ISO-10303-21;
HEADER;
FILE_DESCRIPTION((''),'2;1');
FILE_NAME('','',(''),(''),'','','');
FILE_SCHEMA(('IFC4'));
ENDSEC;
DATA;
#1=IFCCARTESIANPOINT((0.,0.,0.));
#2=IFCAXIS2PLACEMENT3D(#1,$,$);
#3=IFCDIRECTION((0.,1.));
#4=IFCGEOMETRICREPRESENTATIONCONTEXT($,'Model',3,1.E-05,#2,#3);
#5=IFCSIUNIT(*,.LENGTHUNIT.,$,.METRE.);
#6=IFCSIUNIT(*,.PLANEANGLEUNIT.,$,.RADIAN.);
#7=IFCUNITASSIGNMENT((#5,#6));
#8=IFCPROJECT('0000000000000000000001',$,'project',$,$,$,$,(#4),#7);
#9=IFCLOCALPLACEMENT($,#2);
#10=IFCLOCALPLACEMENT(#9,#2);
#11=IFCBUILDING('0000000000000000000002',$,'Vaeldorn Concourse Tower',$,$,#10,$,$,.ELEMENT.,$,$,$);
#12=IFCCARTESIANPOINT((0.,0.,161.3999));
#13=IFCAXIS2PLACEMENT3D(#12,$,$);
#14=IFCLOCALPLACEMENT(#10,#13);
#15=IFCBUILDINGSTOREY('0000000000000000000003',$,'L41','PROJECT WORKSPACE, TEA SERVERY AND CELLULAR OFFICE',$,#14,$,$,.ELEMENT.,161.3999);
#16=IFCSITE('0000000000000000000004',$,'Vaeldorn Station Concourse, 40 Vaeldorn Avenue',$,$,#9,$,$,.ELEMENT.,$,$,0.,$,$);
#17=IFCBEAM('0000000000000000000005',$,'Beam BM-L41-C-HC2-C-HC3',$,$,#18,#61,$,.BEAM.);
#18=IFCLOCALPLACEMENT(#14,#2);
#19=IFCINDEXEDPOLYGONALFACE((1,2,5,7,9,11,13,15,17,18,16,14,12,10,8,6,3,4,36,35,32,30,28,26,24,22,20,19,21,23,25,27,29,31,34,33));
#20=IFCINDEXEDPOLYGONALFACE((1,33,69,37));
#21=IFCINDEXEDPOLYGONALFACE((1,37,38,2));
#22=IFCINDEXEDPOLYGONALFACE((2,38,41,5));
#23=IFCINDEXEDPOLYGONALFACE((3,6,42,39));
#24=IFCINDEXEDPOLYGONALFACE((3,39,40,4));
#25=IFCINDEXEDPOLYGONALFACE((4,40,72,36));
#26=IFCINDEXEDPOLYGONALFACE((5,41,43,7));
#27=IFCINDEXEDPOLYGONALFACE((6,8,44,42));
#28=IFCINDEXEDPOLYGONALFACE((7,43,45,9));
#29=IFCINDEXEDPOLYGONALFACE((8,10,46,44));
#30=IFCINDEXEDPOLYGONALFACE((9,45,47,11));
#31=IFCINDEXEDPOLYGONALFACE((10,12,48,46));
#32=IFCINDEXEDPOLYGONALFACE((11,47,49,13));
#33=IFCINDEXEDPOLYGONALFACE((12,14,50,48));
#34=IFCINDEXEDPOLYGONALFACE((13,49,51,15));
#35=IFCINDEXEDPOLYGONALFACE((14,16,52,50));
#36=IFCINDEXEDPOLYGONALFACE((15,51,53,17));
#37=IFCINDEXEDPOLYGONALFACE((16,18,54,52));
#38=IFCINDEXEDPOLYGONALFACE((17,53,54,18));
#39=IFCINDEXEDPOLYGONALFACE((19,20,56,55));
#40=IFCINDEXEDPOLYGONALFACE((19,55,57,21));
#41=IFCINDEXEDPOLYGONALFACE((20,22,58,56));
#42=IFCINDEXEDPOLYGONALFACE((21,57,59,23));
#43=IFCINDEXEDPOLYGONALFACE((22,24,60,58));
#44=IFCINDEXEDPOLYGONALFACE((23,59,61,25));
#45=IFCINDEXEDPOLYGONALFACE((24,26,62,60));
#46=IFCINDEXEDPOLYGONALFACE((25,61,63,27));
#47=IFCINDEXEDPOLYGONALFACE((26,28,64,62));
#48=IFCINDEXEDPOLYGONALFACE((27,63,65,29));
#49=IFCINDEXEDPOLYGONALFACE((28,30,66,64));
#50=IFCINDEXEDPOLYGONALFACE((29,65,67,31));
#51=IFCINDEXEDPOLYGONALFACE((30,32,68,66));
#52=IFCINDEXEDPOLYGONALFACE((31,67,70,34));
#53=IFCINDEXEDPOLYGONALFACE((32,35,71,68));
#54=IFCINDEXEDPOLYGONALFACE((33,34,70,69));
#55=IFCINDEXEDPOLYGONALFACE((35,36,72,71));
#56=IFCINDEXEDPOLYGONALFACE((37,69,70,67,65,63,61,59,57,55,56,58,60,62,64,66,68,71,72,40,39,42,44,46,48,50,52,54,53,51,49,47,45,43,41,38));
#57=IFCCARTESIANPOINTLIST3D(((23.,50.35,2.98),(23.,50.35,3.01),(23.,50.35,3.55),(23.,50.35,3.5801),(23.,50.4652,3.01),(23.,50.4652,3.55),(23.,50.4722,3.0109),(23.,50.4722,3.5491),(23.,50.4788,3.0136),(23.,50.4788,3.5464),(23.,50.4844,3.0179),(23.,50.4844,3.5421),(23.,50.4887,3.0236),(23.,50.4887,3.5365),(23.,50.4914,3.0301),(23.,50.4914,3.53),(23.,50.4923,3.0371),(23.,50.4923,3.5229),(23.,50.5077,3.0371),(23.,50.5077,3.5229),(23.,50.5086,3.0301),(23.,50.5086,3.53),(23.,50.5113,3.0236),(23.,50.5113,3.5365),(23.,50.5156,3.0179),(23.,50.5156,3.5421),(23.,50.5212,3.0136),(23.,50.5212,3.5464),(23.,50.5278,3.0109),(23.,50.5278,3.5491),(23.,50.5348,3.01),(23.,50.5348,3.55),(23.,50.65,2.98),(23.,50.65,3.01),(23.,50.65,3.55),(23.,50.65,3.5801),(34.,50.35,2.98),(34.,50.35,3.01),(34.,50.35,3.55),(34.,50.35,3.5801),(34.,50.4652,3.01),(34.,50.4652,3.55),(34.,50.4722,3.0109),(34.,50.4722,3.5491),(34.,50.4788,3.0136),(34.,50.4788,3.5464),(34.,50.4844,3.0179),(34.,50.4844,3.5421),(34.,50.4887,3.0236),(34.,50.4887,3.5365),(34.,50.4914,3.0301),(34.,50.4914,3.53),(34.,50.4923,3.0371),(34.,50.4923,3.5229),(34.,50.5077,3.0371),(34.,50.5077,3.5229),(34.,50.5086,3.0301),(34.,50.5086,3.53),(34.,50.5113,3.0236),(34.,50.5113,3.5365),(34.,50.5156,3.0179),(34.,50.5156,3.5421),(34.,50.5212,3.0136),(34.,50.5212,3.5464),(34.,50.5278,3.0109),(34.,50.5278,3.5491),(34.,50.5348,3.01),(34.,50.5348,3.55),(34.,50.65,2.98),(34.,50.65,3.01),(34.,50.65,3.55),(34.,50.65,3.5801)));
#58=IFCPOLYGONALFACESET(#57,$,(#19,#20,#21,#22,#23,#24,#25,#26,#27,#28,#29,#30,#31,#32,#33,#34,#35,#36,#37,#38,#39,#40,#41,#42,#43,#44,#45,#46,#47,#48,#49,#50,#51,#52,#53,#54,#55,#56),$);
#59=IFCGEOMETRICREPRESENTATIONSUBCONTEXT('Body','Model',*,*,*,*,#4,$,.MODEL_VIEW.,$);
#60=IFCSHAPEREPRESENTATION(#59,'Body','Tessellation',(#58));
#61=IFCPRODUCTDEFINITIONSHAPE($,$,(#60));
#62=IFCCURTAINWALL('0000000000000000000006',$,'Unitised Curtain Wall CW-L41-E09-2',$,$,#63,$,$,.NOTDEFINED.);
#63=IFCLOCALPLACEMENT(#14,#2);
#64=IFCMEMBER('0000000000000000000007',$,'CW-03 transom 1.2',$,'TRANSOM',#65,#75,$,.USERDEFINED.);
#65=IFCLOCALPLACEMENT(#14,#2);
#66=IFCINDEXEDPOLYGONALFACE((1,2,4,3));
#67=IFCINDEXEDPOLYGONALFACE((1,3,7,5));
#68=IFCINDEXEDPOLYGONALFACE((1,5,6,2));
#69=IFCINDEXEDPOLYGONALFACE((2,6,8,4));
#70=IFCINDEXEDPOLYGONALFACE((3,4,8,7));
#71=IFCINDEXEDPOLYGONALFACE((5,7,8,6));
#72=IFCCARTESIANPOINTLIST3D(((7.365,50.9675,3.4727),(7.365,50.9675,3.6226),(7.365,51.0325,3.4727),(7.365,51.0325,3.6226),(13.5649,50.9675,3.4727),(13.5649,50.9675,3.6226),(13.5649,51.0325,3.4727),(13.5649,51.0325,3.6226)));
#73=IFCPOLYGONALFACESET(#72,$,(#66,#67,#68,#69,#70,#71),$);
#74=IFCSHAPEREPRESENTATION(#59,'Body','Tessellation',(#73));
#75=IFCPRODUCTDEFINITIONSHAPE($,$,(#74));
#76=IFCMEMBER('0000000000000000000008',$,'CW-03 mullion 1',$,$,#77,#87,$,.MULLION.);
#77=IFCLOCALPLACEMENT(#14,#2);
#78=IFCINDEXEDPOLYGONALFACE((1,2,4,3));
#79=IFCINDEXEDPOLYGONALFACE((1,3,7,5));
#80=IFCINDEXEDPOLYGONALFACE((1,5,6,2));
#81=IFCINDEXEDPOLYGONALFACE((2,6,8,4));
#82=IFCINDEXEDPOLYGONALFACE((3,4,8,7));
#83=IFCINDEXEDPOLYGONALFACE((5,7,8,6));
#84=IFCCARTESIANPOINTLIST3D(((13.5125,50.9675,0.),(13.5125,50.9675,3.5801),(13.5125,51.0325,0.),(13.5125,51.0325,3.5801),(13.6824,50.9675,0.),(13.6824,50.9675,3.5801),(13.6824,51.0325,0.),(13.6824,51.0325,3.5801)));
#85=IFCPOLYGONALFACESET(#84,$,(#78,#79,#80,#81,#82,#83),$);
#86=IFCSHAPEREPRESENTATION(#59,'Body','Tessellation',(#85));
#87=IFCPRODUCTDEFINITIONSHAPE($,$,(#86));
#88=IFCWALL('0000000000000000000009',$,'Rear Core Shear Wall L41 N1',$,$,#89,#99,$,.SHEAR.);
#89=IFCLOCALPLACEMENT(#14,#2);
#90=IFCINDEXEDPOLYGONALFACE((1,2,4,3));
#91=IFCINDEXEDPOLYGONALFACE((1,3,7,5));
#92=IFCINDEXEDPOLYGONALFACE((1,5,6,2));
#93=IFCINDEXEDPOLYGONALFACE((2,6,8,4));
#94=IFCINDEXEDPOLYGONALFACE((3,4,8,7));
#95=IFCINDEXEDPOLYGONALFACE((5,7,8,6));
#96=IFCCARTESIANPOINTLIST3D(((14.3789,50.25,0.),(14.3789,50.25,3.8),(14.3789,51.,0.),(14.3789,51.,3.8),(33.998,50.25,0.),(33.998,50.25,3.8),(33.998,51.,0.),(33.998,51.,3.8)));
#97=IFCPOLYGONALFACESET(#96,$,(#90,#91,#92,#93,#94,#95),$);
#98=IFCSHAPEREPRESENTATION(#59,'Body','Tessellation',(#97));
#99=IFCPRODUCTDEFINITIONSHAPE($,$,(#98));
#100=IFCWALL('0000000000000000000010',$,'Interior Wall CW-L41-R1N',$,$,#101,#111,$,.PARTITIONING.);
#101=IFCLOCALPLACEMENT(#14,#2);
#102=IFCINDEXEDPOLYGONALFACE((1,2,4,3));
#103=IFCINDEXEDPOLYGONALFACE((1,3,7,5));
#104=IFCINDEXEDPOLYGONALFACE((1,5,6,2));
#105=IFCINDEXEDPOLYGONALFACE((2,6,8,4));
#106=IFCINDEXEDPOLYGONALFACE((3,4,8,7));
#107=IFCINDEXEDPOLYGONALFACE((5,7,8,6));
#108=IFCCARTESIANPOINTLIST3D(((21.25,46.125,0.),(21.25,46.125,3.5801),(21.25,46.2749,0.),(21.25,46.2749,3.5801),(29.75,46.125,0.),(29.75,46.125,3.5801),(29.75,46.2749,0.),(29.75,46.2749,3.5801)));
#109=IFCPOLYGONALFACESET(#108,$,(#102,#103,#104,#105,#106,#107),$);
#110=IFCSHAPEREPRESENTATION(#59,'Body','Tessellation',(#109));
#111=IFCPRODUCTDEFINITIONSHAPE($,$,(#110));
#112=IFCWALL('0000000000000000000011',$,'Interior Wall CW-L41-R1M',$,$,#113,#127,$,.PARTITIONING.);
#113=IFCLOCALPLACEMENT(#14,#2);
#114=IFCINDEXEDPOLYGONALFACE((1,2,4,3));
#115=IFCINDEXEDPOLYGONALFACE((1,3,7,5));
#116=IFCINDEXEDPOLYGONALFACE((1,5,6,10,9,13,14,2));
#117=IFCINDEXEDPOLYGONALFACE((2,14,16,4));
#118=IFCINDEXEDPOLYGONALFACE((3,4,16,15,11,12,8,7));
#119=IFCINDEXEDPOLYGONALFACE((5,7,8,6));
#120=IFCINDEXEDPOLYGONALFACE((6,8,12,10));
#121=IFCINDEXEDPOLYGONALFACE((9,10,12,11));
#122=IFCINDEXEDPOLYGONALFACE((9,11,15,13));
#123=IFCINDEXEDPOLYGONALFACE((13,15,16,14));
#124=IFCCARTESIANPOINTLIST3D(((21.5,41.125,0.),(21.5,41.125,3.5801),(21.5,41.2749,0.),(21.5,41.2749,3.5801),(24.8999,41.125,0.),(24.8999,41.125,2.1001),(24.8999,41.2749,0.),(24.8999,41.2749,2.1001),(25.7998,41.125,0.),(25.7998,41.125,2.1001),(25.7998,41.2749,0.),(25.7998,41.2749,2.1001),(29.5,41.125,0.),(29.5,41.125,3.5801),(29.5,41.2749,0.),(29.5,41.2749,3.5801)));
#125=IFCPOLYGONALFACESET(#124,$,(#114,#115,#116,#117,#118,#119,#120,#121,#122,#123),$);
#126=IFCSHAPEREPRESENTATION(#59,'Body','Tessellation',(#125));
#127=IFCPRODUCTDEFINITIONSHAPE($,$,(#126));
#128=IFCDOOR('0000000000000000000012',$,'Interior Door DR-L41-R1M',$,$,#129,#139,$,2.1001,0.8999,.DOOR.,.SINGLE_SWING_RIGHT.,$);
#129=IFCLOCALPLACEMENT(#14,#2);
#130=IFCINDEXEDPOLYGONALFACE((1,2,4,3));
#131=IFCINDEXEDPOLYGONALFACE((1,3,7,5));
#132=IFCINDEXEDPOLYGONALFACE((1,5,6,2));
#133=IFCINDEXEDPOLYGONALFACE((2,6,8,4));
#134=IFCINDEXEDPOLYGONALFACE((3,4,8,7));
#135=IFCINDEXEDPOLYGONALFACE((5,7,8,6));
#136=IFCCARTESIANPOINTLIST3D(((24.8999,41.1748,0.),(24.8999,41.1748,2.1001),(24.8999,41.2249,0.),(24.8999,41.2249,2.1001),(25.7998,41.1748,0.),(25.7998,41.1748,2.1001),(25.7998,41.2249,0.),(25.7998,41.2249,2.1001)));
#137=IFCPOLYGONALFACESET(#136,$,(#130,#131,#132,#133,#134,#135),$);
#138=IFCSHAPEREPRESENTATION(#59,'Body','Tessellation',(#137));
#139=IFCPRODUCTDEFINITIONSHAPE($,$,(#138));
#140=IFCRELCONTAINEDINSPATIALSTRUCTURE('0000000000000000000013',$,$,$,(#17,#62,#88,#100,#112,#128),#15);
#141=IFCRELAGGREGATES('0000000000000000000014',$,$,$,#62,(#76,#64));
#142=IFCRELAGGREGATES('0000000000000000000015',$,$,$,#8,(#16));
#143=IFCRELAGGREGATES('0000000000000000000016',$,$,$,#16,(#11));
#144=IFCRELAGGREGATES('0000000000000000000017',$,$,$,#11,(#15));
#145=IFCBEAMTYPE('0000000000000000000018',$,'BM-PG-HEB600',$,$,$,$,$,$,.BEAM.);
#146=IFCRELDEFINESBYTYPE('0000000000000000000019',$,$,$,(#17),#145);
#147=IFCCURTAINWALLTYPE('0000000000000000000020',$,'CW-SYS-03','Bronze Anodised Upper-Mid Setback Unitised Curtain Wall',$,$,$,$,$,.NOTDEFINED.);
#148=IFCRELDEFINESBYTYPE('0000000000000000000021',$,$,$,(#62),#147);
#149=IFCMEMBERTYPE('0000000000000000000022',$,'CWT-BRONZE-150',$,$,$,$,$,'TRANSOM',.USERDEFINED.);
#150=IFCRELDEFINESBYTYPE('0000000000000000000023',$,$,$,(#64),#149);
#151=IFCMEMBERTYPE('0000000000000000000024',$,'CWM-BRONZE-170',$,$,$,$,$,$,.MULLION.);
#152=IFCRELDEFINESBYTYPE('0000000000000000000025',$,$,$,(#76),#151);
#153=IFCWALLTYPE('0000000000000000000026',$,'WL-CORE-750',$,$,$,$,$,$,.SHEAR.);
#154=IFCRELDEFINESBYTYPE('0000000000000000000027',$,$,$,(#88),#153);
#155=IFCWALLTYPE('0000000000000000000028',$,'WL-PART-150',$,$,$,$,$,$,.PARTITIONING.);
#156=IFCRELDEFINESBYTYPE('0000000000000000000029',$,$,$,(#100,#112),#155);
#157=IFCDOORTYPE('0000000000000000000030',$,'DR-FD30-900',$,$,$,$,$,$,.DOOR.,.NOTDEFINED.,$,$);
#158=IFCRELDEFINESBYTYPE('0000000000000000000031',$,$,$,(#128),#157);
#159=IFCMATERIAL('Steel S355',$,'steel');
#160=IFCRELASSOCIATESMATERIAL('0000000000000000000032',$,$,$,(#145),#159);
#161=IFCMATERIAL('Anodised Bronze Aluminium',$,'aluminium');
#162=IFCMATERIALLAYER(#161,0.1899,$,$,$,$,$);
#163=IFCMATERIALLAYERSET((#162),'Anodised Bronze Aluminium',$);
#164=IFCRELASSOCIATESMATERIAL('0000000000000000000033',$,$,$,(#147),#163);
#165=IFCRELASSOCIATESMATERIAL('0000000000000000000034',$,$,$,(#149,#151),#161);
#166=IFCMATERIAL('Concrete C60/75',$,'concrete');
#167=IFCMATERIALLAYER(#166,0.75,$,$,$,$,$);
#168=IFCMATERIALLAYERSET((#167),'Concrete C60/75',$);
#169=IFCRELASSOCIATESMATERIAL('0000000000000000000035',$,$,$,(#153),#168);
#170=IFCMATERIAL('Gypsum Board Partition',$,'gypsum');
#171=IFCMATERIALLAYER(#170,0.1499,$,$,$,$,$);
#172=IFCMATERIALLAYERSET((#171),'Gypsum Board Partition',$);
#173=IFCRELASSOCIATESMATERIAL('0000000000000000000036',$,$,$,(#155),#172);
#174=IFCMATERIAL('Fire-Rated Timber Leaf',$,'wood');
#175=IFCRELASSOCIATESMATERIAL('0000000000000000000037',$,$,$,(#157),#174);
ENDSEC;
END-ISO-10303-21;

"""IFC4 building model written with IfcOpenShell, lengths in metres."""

from ifc_helpers import new_model, si_unit, direction, frame, frame_2d, origin, origin_2d, place, context, subcontext, project, spatial, rectangle, i_section, extrude, source, transform, mapped, material, layer, layer_set, material_profile, profile_set, type_object, element, fill, aggregate, save


model = new_model("IFC4")

# Units and contexts
model_context = context("Model", 3, precision=1e-05, world=origin(), true_north=direction((0.0, 1.0)))
body_context = subcontext(model_context, "Body", "Model", "MODEL_VIEW")
ifc_project = project(units=[si_unit("LENGTHUNIT", "METRE"), si_unit("PLANEANGLEUNIT", "RADIAN")], contexts=[model_context])

# Site, building, storey
site_placement = place(None, origin())
site = spatial("IfcSite", under=ifc_project, at=site_placement, Name="Vaeldorn Station Concourse, 40 Vaeldorn Avenue", CompositionType="ELEMENT", RefElevation=0.0)
building_placement = place(site_placement, origin())
building = spatial("IfcBuilding", under=site, at=building_placement, Name="Vaeldorn Concourse Tower", CompositionType="ELEMENT")
storey_placement = place(building_placement, frame((0.0, 0.0, 161.3999)))
storey = spatial("IfcBuildingStorey", under=building, at=storey_placement, Name="L41", Description="PROJECT WORKSPACE, TEA SERVERY AND CELLULAR OFFICE", CompositionType="ELEMENT", Elevation=161.3999)

# Beam
ifc_material_1 = material(Name="Steel S355", Category="steel")
ifc_material_profile_1 = material_profile(ifc_material_1, i_section(OverallWidth=0.3, OverallDepth=0.6001, WebThickness=0.0154, FlangeThickness=0.03, FilletRadius=0.0271, at=origin_2d()), Name="HEB 600")
ifc_profile_set_1 = profile_set([ifc_material_profile_1], Name="Steel S355")
beam_type_1 = type_object("IfcBeamType", Name="BM-PG-HEB600", PredefinedType="BEAM", material=ifc_profile_set_1)
shared_shape_1 = source(origin(), body_context, "Body", "SweptSolid", [
    extrude(i_section(OverallWidth=0.3, OverallDepth=0.6001, WebThickness=0.0154, FlangeThickness=0.03, FilletRadius=0.0271, at=origin_2d()), origin(), (0.0, 0.0, 1.0), 11.0),
])
beam_1_placement = place(storey_placement, frame((23.0, 50.5, 3.28), z_axis=(1.0, 0.0, 0.0), x_axis=(0.0, 1.0, 0.0)))
element("IfcBeam", 1, at=beam_1_placement, inside=storey, type_object=beam_type_1, Name="Beam BM-L41-C-HC2-C-HC3", PredefinedType="BEAM", context=body_context, shape_type="MappedRepresentation", body=[
    mapped(shared_shape_1, transform((0.0, 0.0, 0.0), scale=1.0)),
])

# Curtain wall, members
ifc_material_2 = material(Name="Anodised Bronze Aluminium", Category="aluminium")
ifc_layer_1 = layer(ifc_material_2, 0.1899)
ifc_layer_set_1 = layer_set([ifc_layer_1], Name="Anodised Bronze Aluminium")
curtain_wall_type = type_object("IfcCurtainWallType", Name="CW-SYS-03", Description="Bronze Anodised Upper-Mid Setback Unitised Curtain Wall", PredefinedType="NOTDEFINED", material=ifc_layer_set_1)
curtain_wall_placement = place(storey_placement, origin())
curtain_wall = element("IfcCurtainWall", 2, at=curtain_wall_placement, inside=storey, type_object=curtain_wall_type, Name="Unitised Curtain Wall CW-L41-E09-2", PredefinedType="NOTDEFINED")
ifc_material_profile_2 = material_profile(ifc_material_2, rectangle(XDim=0.0649, YDim=0.1499, at=origin_2d()), Name="CWT 65x150")
ifc_profile_set_2 = profile_set([ifc_material_profile_2], Name="Anodised Bronze Aluminium")
member_type_1 = type_object("IfcMemberType", Name="CWT-BRONZE-150", ElementType="TRANSOM", PredefinedType="USERDEFINED", material=ifc_profile_set_2)
shared_shape_2 = source(origin(), body_context, "Body", "SweptSolid", [
    extrude(rectangle(XDim=0.0649, YDim=0.1499, at=origin_2d()), origin(), (0.0, 0.0, 1.0), 6.2),
])
member_1_placement = place(storey_placement, frame((13.5649, 51.0, 3.5476), z_axis=(-1.0, 0.0, 0.0), x_axis=(0.0, -1.0, 0.0)))
member_1 = element("IfcMember", 3, at=member_1_placement, type_object=member_type_1, Name="CW-03 transom 1.2", ObjectType="TRANSOM", PredefinedType="USERDEFINED", context=body_context, shape_type="MappedRepresentation", body=[
    mapped(shared_shape_2, transform((0.0, 0.0, 0.0), scale=1.0)),
])
ifc_material_profile_3 = material_profile(ifc_material_2, rectangle(XDim=0.0649, YDim=0.1699, at=origin_2d()), Name="CWM 65x170")
ifc_profile_set_3 = profile_set([ifc_material_profile_3], Name="Anodised Bronze Aluminium")
member_type_2 = type_object("IfcMemberType", Name="CWM-BRONZE-170", PredefinedType="MULLION", material=ifc_profile_set_3)
shared_shape_3 = source(origin(), body_context, "Body", "SweptSolid", [
    extrude(rectangle(XDim=0.0649, YDim=0.1699, at=origin_2d()), origin(), (0.0, 0.0, 1.0), 3.5801),
])
member_2_placement = place(storey_placement, frame((13.5974, 51.0, 0.0), z_axis=(0.0, 0.0, 1.0), x_axis=(0.0, -1.0, 0.0)))
member_2 = element("IfcMember", 4, at=member_2_placement, type_object=member_type_2, Name="CW-03 mullion 1", PredefinedType="MULLION", context=body_context, shape_type="MappedRepresentation", body=[
    mapped(shared_shape_3, transform((0.0, 0.0, 0.0), scale=1.0)),
])
aggregate(curtain_wall, [member_2, member_1])

# Walls
ifc_material_3 = material(Name="Concrete C60/75", Category="concrete")
ifc_layer_2 = layer(ifc_material_3, 0.75)
ifc_layer_set_2 = layer_set([ifc_layer_2], Name="Concrete C60/75")
wall_type_1 = type_object("IfcWallType", Name="WL-CORE-750", PredefinedType="SHEAR", material=ifc_layer_set_2)
wall_1_placement = place(storey_placement, frame((14.3789, 50.625, 0.0), z_axis=(0.0, 0.0, 1.0), x_axis=(1.0, 0.0, 0.0)))
element("IfcWall", 5, at=wall_1_placement, inside=storey, type_object=wall_type_1, Name="Rear Core Shear Wall L41 N1", PredefinedType="SHEAR", context=body_context, shape_type="SweptSolid", body=[
    extrude(rectangle(XDim=19.6191, YDim=0.75, at=frame_2d((9.8096, 0.0))), origin(), (0.0, 0.0, 1.0), 3.8),
])
ifc_material_4 = material(Name="Gypsum Board Partition", Category="gypsum")
ifc_layer_3 = layer(ifc_material_4, 0.1499)
ifc_layer_set_3 = layer_set([ifc_layer_3], Name="Gypsum Board Partition")
wall_type_2 = type_object("IfcWallType", Name="WL-PART-150", PredefinedType="PARTITIONING", material=ifc_layer_set_3)
wall_2_placement = place(storey_placement, frame((21.25, 46.2, 0.0), z_axis=(0.0, 0.0, 1.0), x_axis=(1.0, 0.0, 0.0)))
element("IfcWall", 6, at=wall_2_placement, inside=storey, type_object=wall_type_2, Name="Interior Wall CW-L41-R1N", PredefinedType="PARTITIONING", context=body_context, shape_type="SweptSolid", body=[
    extrude(rectangle(XDim=8.5, YDim=0.1499, at=frame_2d((4.25, 0.0))), origin(), (0.0, 0.0, 1.0), 3.5801),
])

# Wall, opening, door
wall_3_placement = place(storey_placement, frame((21.5, 41.2, 0.0), z_axis=(0.0, 0.0, 1.0), x_axis=(1.0, 0.0, 0.0)))
wall_3 = element("IfcWall", 7, at=wall_3_placement, inside=storey, type_object=wall_type_2, Name="Interior Wall CW-L41-R1M", PredefinedType="PARTITIONING", context=body_context, shape_type="SweptSolid", body=[
    extrude(rectangle(XDim=8.0, YDim=0.1499, at=frame_2d((4.0, 0.0))), origin(), (0.0, 0.0, 1.0), 3.5801),
])
opening_1_placement = place(wall_3_placement, frame((3.3999, 0.0, 0.0)))
opening_1 = element("IfcOpeningElement", 8, at=opening_1_placement, cuts=wall_3, PredefinedType="OPENING", context=body_context, shape_type="SweptSolid", body=[
    extrude(rectangle(XDim=0.8999, YDim=2.1001, at=frame_2d((0.45, 1.05))), frame((0.0, 0.085, 0.0), z_axis=(0.0, -1.0, 0.0), x_axis=(1.0, 0.0, 0.0)), (0.0, 0.0, 1.0), 0.1699),
])
ifc_material_5 = material(Name="Fire-Rated Timber Leaf", Category="wood")
door_type_1 = type_object("IfcDoorType", Name="DR-FD30-900", OperationType="NOTDEFINED", PredefinedType="DOOR", material=ifc_material_5)
shared_shape_4 = source(origin(), body_context, "Body", "SweptSolid", [
    extrude(rectangle(XDim=0.8999, YDim=2.1001, at=frame_2d((0.45, 1.05))), frame((0.0, 0.0249, 0.0), z_axis=(0.0, -1.0, 0.0), x_axis=(1.0, 0.0, 0.0)), (0.0, 0.0, 1.0), 0.05),
])
door_1_placement = place(opening_1_placement, origin())
door_1 = element("IfcDoor", 9, at=door_1_placement, inside=storey, type_object=door_type_1, Name="Interior Door DR-L41-R1M", OperationType="SINGLE_SWING_RIGHT", OverallHeight=2.1001, OverallWidth=0.8999, PredefinedType="DOOR", context=body_context, shape_type="MappedRepresentation", body=[
    mapped(shared_shape_4, transform((0.0, 0.0, 0.0), scale=1.0)),
])
fill(opening_1, door_1)

save(model, "model.ifc")
